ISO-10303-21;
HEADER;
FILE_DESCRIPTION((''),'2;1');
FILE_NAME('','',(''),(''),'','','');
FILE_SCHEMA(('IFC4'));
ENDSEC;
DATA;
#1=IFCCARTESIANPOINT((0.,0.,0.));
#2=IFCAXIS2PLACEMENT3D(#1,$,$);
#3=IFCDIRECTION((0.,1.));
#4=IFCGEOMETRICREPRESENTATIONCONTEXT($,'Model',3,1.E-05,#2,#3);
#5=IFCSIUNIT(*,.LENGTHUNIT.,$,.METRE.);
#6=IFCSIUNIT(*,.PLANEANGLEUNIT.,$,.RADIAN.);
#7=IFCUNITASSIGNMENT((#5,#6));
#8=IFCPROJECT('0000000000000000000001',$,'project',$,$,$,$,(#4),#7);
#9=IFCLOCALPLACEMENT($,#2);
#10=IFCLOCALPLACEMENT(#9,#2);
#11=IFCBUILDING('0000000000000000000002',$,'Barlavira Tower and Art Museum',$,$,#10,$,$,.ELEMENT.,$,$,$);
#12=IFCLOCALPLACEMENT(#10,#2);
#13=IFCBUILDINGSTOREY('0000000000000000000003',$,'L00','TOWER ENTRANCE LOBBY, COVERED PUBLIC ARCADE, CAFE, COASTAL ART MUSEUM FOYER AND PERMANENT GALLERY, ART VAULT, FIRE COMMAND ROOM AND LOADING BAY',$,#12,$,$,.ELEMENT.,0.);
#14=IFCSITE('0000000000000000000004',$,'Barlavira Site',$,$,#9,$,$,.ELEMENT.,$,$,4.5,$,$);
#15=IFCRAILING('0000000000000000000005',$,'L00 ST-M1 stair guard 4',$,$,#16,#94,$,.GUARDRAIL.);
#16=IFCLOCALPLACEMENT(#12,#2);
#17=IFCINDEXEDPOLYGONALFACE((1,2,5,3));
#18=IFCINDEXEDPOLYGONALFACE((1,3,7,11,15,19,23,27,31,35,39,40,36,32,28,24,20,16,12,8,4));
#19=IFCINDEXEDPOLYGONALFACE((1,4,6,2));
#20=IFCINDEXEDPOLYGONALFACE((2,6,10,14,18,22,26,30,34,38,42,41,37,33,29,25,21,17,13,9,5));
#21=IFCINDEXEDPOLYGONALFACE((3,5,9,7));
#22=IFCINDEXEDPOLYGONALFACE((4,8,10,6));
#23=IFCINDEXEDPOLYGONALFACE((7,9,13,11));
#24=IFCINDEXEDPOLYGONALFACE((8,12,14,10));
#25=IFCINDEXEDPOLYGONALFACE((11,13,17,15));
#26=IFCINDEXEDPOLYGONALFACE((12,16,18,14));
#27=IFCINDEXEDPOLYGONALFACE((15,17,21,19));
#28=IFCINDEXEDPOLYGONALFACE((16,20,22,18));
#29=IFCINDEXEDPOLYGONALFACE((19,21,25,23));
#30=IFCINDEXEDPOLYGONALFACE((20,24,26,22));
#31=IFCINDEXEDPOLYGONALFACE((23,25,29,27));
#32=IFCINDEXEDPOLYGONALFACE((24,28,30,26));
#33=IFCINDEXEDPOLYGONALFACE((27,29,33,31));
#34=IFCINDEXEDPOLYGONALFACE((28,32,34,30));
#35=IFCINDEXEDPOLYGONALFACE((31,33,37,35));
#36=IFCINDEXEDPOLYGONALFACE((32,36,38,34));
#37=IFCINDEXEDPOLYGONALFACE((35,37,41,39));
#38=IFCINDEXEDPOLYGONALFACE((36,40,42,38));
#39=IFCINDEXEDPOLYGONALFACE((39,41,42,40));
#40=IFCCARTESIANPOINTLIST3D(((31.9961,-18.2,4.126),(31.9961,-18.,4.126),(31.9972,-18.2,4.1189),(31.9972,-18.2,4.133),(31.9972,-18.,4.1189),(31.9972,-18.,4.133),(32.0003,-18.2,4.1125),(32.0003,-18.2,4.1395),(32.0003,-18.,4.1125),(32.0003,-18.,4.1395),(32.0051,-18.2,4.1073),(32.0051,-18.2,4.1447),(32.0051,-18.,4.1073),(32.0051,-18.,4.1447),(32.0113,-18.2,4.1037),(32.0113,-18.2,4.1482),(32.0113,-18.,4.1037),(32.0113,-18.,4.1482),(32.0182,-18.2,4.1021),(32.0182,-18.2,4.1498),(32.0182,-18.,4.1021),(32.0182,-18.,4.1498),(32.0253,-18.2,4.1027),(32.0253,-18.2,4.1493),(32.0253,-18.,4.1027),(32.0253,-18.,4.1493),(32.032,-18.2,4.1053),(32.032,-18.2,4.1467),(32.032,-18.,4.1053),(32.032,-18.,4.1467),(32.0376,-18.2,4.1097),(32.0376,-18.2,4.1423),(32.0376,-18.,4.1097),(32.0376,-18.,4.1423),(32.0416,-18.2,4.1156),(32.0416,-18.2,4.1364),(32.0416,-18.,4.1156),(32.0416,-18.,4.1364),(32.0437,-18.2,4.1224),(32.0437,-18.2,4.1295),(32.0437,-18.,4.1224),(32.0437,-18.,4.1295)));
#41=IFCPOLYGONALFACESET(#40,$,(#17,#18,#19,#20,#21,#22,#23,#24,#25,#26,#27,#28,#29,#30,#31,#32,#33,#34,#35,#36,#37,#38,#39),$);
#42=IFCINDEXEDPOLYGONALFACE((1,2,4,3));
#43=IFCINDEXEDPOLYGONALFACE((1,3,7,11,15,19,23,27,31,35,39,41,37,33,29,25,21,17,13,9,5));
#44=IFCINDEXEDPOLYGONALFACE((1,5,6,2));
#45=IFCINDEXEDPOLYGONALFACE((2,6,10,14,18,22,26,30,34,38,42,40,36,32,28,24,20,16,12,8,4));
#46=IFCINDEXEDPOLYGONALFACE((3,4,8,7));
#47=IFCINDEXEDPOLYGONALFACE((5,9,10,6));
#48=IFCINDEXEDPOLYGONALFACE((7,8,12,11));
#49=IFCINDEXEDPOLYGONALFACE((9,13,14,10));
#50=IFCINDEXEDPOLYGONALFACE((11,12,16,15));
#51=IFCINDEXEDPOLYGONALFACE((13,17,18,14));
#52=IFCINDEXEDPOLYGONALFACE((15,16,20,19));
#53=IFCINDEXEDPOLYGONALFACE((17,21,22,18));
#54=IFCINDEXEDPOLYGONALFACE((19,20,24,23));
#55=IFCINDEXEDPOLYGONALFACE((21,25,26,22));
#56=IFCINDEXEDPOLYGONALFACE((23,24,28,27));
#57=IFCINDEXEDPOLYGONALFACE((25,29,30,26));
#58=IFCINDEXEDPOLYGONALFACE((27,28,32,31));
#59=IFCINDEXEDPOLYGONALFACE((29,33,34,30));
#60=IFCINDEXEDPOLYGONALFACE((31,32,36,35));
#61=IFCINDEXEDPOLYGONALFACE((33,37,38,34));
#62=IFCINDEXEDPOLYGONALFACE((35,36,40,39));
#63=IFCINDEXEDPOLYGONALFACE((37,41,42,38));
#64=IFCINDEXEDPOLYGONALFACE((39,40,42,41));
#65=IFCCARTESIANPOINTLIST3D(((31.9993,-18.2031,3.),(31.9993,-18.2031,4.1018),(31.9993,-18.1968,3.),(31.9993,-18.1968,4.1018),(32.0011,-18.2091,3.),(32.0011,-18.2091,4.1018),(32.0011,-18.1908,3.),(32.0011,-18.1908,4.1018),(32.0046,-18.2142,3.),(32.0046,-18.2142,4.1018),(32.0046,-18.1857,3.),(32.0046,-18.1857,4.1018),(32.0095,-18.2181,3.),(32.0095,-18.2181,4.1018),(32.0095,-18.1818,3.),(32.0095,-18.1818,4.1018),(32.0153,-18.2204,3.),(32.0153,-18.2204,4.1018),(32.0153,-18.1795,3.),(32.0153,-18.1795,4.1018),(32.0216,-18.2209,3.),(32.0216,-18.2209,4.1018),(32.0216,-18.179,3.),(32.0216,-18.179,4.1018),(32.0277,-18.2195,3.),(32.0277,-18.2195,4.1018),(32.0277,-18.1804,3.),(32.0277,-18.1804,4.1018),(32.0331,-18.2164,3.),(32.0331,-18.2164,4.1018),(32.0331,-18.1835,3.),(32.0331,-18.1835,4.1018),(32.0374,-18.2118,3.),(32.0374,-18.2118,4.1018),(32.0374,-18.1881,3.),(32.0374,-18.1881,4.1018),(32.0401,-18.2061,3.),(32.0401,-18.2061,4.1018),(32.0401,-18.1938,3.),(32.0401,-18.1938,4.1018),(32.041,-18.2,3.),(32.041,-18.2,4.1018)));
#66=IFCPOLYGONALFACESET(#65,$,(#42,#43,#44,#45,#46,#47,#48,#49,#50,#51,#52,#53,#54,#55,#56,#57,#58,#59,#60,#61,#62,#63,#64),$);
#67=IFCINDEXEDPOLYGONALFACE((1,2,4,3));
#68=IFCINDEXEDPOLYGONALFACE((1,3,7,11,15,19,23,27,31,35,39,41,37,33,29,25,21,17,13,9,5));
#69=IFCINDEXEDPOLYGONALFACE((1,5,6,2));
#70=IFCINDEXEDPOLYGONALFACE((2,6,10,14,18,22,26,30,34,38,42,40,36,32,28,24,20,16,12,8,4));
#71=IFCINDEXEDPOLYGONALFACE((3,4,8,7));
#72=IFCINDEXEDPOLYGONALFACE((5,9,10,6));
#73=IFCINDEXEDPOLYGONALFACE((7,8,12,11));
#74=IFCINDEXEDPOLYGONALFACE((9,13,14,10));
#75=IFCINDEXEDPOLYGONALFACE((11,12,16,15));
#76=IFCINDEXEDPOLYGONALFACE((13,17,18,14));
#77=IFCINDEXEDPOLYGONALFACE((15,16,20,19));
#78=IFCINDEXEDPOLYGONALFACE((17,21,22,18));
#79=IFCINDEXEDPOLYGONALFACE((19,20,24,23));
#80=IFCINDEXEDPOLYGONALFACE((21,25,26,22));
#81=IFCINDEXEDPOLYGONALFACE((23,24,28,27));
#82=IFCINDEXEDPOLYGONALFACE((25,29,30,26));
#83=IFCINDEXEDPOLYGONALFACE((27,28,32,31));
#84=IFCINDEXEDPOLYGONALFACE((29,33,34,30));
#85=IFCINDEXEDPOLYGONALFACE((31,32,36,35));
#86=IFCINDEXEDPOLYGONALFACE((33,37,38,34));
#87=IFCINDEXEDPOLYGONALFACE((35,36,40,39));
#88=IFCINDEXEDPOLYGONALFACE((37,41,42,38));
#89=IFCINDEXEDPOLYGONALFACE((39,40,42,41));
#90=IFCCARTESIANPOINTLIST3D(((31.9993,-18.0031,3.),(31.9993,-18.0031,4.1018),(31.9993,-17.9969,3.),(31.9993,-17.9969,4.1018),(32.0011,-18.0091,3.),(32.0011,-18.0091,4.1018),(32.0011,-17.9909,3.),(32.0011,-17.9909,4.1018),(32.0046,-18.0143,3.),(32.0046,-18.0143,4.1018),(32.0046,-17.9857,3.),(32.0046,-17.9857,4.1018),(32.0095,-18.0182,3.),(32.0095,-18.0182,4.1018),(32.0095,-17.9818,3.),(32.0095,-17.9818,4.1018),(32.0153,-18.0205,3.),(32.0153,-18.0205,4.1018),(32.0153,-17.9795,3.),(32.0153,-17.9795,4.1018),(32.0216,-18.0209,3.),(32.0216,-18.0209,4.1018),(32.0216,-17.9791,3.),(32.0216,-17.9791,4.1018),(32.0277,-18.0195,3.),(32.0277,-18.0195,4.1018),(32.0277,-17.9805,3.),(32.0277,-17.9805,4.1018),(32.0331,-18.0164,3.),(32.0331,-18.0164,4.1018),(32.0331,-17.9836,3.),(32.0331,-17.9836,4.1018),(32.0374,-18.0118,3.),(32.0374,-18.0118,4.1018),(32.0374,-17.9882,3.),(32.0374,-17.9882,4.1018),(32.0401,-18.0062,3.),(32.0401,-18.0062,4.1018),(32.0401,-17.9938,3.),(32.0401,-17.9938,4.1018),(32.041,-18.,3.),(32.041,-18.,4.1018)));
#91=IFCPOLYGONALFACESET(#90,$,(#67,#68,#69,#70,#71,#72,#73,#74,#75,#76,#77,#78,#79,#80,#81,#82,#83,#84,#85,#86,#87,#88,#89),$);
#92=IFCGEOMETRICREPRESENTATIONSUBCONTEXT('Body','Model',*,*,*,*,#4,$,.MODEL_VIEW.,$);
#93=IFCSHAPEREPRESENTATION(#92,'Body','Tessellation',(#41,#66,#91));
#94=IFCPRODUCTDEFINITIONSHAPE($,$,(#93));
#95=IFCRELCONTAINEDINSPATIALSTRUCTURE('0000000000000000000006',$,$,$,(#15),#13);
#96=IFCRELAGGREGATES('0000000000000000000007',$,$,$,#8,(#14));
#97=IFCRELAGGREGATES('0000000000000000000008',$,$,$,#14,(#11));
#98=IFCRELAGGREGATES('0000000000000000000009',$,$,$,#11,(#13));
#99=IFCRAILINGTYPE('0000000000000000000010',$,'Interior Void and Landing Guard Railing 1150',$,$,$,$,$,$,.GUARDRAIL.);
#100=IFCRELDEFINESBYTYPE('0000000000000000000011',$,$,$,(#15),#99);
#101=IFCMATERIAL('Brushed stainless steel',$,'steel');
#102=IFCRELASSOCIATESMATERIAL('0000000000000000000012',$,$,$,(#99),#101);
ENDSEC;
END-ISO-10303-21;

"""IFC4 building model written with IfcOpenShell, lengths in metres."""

from ifc_helpers import new_model, si_unit, direction, frame, origin, origin_2d, place, context, subcontext, project, spatial, circle, extrude, material, type_object, element, save


model = new_model("IFC4")

# Units and contexts
model_context = context("Model", 3, precision=1e-05, world=origin(), true_north=direction((0.0, 1.0)))
body_context = subcontext(model_context, "Body", "Model", "MODEL_VIEW")
ifc_project = project(units=[si_unit("LENGTHUNIT", "METRE"), si_unit("PLANEANGLEUNIT", "RADIAN")], contexts=[model_context])

# Site, building, storey
site_placement = place(None, origin())
site = spatial("IfcSite", under=ifc_project, at=site_placement, Name="Barlavira Site", CompositionType="ELEMENT", RefElevation=4.5)
building_placement = place(site_placement, origin())
building = spatial("IfcBuilding", under=site, at=building_placement, Name="Barlavira Tower and Art Museum", CompositionType="ELEMENT")
storey_placement = place(building_placement, origin())
storey = spatial("IfcBuildingStorey", under=building, at=storey_placement, Name="L00", Description="TOWER ENTRANCE LOBBY, COVERED PUBLIC ARCADE, CAFE, COASTAL ART MUSEUM FOYER AND PERMANENT GALLERY, ART VAULT, FIRE COMMAND ROOM AND LOADING BAY", CompositionType="ELEMENT", Elevation=0.0)

# Shared definitions
ifc_material_1 = material(Name="Brushed stainless steel", Category="steel")

# Railing
railing_type_1 = type_object("IfcRailingType", Name="Interior Void and Landing Guard Railing 1150", PredefinedType="GUARDRAIL", material=ifc_material_1)
railing_1_placement = place(storey_placement, frame((32.02, -18.2, 3.0)))
element("IfcRailing", 1, at=railing_1_placement, inside=storey, type_object=railing_type_1, Name="L00 ST-M1 stair guard 4", PredefinedType="GUARDRAIL", context=body_context, shape_type="SweptSolid", body=[
    extrude(circle(Radius=0.0239, at=origin_2d()), frame((0.0, 0.0, 1.126), z_axis=(0.0, 1.0, 0.0), x_axis=(-1.0, 0.0, 0.0)), (0.0, 0.0, 1.0), 0.2),
    extrude(circle(Radius=0.021, at=origin_2d()), origin(), (0.0, 0.0, 1.0), 1.1018),
    extrude(circle(Radius=0.021, at=origin_2d()), frame((0.0, 0.2, 0.0)), (0.0, 0.0, 1.0), 1.1018),
])

save(model, "model.ifc")
